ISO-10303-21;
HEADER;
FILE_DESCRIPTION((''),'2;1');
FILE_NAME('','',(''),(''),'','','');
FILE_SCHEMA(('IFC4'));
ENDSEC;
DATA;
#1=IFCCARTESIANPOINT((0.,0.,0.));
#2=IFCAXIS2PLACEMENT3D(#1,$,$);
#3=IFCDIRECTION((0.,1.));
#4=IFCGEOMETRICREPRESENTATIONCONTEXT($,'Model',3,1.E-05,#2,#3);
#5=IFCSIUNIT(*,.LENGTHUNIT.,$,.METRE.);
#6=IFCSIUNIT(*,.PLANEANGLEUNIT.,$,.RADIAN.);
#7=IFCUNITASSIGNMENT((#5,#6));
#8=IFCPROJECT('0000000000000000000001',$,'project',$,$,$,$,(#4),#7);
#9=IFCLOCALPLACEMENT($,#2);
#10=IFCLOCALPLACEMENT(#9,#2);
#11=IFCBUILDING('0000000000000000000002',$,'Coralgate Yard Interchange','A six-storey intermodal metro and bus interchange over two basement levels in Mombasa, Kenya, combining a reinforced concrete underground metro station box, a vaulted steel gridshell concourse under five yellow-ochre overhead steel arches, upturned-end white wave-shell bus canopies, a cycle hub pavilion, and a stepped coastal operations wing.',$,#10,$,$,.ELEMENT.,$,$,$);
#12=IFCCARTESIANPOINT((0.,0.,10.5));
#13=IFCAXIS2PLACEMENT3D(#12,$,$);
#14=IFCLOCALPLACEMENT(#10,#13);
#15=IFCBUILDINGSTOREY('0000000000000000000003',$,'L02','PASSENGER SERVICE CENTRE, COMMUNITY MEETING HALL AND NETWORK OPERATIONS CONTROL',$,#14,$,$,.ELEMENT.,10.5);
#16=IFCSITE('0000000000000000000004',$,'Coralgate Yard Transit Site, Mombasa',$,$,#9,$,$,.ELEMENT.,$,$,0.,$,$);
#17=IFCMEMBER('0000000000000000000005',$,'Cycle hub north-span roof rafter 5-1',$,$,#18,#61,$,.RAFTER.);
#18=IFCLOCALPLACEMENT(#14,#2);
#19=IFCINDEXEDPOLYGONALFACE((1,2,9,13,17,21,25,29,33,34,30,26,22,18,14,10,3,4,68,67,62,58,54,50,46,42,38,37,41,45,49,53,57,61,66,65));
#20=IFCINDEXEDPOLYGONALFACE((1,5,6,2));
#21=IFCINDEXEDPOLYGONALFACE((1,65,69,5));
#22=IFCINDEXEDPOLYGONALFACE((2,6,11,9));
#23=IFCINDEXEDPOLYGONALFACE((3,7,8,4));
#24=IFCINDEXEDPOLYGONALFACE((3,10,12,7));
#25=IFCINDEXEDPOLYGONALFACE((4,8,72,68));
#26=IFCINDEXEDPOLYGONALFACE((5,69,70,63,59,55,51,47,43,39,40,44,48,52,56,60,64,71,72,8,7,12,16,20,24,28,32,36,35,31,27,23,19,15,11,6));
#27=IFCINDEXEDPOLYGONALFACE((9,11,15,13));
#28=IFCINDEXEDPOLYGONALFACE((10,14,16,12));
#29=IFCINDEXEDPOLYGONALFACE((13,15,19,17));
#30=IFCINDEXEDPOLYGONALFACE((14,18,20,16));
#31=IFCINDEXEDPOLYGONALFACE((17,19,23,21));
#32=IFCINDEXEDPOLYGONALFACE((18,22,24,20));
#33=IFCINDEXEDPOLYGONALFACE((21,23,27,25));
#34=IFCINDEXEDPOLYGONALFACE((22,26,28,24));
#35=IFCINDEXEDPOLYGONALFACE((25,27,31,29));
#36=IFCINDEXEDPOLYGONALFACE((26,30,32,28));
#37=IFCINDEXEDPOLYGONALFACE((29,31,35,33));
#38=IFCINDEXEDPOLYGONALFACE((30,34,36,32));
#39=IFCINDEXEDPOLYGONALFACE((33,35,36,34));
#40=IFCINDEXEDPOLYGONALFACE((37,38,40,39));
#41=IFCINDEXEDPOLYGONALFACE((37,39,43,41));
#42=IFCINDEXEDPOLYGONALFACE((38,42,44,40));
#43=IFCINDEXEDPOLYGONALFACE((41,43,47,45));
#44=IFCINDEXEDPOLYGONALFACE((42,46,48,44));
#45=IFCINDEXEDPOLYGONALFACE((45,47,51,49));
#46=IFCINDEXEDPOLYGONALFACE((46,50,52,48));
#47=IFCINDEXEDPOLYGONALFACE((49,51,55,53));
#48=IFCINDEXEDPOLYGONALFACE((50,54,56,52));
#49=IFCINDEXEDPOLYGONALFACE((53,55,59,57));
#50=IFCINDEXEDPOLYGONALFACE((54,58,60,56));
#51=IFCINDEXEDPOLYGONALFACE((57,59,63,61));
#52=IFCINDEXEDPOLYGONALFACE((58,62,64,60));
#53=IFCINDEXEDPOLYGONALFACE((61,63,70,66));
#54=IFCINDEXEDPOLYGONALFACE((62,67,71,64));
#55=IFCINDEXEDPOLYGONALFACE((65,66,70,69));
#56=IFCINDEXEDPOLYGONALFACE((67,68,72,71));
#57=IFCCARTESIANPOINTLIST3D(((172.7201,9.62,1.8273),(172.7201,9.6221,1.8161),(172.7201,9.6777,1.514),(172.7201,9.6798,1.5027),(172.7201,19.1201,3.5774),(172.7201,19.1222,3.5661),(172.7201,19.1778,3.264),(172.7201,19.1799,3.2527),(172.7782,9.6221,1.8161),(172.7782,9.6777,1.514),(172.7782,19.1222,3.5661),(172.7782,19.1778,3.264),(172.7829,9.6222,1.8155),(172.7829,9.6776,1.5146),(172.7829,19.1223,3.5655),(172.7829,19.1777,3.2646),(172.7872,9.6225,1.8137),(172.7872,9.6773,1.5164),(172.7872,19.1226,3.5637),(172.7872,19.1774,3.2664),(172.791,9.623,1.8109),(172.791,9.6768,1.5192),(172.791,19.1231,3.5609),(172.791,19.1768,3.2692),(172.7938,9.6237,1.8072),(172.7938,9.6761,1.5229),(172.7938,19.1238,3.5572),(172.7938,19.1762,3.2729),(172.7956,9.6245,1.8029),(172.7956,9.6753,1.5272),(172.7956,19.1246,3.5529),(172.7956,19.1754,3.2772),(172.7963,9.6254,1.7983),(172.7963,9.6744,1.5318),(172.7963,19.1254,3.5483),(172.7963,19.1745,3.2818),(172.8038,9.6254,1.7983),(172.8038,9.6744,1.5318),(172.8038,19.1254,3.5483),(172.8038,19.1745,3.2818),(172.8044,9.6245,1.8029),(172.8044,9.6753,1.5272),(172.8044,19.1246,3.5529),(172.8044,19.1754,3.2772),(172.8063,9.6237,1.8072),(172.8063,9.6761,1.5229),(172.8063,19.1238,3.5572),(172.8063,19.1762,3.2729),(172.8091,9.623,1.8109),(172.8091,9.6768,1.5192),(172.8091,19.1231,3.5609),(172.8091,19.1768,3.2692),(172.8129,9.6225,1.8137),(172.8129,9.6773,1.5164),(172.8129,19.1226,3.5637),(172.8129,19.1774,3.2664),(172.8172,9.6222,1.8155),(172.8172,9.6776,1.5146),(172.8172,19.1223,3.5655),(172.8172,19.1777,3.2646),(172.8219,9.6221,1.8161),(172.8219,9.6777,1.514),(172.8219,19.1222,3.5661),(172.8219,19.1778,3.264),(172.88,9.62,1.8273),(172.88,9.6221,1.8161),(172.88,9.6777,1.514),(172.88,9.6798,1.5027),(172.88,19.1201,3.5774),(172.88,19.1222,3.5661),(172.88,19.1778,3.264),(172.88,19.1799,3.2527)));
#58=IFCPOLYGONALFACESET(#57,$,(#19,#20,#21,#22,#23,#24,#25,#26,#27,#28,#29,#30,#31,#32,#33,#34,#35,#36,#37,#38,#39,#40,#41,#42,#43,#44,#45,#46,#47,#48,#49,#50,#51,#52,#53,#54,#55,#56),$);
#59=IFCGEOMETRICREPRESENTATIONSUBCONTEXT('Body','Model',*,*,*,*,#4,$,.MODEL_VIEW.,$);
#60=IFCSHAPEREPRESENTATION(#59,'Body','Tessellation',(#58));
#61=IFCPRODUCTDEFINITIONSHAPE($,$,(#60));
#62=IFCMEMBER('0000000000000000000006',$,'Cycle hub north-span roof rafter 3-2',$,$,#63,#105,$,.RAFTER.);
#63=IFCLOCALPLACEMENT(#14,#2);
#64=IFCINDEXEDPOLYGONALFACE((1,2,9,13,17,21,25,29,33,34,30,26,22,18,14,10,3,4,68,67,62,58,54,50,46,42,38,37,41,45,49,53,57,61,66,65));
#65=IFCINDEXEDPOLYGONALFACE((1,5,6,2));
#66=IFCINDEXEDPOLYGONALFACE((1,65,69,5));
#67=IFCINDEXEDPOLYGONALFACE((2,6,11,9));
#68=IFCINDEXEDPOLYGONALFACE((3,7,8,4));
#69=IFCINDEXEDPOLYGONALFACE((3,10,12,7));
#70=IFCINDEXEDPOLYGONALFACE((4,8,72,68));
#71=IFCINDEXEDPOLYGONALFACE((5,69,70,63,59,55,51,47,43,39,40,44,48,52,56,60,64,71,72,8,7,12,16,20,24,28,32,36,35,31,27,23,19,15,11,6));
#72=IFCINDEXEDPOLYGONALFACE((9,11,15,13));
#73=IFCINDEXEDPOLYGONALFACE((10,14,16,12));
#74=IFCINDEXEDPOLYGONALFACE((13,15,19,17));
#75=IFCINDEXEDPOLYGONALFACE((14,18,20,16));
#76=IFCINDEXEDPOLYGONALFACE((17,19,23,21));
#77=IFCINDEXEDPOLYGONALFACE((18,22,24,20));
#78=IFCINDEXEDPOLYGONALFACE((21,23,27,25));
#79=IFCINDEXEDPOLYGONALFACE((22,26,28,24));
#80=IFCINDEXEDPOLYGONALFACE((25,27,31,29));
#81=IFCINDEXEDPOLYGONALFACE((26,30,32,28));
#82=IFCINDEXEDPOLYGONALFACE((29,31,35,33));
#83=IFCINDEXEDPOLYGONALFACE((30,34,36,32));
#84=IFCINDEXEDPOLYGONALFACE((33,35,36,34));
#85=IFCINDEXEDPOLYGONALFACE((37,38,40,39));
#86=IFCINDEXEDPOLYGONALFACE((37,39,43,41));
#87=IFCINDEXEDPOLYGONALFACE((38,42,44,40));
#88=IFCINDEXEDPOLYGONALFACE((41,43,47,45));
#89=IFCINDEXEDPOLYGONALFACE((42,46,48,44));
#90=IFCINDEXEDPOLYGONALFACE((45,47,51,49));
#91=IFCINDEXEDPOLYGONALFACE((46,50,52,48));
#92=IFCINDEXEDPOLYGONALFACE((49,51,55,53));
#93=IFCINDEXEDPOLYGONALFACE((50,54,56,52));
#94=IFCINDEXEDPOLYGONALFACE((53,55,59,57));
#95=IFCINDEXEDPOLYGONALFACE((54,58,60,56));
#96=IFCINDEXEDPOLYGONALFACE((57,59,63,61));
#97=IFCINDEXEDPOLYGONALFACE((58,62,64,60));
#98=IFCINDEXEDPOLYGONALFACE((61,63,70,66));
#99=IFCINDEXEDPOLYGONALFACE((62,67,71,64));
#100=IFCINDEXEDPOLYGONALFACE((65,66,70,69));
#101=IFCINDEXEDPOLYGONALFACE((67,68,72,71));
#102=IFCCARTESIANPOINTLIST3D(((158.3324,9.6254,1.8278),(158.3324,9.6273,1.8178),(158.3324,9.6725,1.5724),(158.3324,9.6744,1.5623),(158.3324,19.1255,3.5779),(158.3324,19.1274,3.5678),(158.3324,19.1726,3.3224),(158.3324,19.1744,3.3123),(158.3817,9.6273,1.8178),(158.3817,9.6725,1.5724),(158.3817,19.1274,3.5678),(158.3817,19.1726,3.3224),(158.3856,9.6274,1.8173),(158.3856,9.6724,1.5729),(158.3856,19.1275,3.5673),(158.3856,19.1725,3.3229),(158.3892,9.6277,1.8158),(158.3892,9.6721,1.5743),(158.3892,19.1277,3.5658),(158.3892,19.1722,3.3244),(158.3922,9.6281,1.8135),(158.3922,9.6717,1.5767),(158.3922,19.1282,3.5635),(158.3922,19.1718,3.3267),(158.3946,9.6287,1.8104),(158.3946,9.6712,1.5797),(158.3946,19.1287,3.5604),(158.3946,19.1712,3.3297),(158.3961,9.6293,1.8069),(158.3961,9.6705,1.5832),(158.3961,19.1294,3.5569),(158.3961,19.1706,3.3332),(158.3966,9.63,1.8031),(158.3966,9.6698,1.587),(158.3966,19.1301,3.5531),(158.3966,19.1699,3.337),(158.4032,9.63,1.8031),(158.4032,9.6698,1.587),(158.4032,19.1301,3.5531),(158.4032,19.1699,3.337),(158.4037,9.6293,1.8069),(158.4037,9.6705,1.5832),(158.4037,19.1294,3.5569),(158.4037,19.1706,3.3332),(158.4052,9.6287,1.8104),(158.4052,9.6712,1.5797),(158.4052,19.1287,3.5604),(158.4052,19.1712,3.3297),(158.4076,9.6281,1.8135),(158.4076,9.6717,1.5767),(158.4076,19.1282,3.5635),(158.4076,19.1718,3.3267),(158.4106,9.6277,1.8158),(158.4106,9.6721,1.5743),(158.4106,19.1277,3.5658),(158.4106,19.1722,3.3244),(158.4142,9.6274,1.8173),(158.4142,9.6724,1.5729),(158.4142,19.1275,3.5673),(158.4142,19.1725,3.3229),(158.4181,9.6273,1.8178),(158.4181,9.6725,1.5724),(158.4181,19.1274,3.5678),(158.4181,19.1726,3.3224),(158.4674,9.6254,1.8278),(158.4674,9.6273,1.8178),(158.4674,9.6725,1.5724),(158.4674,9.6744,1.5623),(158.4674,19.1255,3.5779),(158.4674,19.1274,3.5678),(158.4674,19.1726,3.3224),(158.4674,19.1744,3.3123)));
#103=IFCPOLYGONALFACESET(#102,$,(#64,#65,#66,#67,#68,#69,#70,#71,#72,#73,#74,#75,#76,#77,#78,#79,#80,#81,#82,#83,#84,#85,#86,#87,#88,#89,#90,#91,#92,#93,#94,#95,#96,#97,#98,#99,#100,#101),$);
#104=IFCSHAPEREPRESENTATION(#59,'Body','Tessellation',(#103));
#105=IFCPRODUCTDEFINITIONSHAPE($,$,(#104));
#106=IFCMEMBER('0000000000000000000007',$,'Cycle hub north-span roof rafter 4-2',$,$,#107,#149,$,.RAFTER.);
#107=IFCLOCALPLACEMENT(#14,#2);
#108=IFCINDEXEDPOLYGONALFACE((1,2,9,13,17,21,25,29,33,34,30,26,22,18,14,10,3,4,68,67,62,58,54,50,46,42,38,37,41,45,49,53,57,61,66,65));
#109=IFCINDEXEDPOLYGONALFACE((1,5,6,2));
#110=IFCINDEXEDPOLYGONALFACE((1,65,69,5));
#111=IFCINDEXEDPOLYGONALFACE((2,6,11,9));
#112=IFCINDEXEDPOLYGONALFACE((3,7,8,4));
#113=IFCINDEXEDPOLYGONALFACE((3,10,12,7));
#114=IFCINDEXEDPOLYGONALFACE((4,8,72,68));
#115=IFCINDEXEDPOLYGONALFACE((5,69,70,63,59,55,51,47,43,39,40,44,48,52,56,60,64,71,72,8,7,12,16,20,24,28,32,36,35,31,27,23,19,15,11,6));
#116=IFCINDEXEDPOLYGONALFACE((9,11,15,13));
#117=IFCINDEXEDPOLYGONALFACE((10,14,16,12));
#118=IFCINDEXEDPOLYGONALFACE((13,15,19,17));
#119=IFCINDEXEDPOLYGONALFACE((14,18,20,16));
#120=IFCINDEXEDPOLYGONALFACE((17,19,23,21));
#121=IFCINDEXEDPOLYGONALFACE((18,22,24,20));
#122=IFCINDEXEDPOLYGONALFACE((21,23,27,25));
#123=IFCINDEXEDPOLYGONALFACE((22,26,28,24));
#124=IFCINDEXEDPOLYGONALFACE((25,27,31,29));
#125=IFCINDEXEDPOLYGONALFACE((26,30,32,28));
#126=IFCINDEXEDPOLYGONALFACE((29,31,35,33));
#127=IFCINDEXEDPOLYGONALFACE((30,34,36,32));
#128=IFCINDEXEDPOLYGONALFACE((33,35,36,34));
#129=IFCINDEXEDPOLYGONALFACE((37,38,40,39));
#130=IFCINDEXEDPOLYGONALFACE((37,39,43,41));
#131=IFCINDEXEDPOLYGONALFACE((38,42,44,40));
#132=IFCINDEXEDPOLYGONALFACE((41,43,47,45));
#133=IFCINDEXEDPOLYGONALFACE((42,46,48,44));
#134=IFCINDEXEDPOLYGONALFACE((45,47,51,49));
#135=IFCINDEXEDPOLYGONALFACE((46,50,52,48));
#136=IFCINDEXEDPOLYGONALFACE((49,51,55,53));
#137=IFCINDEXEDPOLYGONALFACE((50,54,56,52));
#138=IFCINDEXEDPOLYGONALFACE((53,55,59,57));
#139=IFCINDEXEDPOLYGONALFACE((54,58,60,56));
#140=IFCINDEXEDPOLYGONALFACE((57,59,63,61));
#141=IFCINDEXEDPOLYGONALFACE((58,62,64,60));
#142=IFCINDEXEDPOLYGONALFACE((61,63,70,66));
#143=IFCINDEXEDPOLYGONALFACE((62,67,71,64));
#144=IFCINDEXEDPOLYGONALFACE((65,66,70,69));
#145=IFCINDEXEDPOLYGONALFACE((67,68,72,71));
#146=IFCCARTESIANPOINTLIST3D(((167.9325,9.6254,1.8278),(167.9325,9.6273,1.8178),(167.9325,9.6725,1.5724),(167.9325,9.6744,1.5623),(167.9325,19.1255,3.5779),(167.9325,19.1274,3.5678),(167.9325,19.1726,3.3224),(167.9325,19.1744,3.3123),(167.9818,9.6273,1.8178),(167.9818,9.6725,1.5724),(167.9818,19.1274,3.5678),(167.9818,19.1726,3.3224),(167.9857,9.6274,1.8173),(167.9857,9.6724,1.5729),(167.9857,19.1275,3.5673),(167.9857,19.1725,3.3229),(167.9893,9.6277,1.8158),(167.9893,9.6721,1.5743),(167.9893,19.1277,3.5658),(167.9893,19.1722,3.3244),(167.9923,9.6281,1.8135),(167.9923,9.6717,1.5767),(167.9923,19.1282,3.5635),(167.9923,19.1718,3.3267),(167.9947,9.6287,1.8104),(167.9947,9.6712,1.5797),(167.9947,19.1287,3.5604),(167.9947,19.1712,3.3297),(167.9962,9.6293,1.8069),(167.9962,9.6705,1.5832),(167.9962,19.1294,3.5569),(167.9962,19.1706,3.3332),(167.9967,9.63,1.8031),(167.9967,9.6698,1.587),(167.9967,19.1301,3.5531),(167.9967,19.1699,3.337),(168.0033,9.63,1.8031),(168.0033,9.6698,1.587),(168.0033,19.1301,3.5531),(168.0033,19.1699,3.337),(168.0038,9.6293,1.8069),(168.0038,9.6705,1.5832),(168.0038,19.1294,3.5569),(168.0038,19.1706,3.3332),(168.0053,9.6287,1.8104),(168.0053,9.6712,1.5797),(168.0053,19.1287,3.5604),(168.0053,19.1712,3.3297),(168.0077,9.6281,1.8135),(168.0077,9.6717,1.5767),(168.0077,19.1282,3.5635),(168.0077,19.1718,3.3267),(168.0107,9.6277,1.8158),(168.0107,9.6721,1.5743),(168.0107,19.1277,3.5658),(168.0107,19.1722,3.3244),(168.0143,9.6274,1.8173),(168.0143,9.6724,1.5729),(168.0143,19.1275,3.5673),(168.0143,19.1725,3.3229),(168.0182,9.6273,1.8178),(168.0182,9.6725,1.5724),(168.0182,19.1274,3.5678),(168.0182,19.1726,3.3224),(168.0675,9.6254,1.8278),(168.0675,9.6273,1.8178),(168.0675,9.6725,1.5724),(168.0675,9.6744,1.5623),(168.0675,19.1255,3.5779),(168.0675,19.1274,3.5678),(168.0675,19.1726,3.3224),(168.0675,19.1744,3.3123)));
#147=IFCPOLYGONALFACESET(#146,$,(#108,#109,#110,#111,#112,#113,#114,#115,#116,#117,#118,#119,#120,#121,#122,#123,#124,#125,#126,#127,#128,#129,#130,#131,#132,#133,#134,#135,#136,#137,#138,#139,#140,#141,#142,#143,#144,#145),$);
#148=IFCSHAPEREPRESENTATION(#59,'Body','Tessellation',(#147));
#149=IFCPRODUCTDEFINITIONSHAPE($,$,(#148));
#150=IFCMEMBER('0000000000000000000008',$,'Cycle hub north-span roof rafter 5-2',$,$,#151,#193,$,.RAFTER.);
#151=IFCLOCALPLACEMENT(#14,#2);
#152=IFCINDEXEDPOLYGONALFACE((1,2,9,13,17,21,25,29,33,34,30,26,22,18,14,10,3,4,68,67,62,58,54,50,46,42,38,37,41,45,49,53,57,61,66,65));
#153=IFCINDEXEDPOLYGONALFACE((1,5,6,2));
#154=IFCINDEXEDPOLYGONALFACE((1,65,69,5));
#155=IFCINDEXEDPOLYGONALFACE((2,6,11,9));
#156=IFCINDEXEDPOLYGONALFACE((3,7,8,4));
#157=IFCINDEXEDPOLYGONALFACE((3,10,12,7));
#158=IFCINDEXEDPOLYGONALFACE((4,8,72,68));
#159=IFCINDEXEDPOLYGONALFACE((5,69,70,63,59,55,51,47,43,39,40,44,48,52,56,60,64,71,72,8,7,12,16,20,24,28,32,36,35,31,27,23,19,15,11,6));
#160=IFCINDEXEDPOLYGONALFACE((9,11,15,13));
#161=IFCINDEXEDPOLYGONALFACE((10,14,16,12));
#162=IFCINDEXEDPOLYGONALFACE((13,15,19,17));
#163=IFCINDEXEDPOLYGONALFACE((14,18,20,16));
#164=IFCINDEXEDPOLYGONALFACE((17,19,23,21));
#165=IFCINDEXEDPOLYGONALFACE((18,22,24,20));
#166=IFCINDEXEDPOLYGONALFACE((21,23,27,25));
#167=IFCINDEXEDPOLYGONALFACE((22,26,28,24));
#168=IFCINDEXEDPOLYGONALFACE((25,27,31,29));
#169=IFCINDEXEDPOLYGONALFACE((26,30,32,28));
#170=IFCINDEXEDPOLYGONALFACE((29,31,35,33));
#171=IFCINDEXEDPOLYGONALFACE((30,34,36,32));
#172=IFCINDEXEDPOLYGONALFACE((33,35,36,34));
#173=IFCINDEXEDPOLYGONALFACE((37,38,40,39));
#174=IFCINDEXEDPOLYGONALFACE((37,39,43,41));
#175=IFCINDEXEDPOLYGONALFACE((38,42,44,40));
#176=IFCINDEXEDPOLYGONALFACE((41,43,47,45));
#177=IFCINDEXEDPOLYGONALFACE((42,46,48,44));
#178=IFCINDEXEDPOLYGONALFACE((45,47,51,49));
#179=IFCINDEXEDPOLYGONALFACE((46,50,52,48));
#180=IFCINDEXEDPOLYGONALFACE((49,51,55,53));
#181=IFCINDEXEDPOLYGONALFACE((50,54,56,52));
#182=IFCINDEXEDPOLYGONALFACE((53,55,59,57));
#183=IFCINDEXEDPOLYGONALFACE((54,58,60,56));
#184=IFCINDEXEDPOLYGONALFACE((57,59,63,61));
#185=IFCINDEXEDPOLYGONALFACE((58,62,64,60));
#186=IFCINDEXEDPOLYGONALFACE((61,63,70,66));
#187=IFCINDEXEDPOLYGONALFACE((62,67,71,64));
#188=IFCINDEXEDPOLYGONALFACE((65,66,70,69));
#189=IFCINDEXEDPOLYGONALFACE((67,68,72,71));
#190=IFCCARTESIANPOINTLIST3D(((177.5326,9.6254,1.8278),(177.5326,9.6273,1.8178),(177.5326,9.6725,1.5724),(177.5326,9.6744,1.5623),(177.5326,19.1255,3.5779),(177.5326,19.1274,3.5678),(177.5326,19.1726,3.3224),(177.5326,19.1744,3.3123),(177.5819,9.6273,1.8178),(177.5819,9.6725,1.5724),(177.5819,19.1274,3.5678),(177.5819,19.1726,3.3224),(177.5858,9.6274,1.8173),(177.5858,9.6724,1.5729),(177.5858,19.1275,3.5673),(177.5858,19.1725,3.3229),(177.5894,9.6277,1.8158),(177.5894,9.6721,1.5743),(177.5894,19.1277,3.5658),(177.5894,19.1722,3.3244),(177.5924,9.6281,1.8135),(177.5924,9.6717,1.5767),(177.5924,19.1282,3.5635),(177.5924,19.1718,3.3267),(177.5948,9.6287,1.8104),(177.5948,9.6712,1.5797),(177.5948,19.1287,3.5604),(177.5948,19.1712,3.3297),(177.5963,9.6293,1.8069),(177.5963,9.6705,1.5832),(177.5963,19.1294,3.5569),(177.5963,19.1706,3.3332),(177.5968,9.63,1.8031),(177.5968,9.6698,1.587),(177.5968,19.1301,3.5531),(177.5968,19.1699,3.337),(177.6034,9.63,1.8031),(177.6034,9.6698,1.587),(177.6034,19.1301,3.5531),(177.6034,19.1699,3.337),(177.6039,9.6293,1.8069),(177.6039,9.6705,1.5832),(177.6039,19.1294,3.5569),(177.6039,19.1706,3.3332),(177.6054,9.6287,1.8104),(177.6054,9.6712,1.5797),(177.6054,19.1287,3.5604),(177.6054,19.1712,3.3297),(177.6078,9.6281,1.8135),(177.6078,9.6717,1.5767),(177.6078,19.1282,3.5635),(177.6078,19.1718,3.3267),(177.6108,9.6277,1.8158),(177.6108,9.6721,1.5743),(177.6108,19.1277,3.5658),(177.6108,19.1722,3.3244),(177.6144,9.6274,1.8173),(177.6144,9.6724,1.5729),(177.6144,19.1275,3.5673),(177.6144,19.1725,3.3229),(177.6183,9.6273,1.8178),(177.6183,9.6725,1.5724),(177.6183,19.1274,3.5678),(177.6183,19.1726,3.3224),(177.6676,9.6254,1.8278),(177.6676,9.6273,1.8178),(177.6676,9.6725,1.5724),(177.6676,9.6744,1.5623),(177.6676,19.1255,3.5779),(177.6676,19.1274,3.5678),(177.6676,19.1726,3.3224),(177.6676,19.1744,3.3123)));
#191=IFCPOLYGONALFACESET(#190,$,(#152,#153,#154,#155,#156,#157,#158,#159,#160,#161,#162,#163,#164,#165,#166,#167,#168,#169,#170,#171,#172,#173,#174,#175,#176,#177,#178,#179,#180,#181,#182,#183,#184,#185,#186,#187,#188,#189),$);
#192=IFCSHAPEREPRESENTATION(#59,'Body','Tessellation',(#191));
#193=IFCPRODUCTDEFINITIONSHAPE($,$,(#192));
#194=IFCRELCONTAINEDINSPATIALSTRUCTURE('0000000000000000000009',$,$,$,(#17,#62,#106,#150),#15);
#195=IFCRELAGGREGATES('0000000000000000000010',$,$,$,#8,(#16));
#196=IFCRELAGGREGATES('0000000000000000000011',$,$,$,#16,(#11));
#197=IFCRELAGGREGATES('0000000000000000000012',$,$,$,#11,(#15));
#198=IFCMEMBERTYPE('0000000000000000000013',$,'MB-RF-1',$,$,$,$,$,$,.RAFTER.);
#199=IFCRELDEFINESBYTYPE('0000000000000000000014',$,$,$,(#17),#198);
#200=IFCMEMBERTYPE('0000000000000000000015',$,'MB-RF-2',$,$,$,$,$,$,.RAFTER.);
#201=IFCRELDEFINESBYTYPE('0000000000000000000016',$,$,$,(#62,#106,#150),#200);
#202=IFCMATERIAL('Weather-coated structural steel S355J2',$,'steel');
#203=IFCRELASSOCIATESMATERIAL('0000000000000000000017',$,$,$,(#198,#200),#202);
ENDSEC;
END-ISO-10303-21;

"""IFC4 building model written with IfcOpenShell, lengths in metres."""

from ifc_helpers import new_model, si_unit, direction, frame, origin, origin_2d, place, context, subcontext, project, spatial, i_section, extrude, material, material_profile, profile_set, type_object, element, save


model = new_model("IFC4")

# Units and contexts
model_context = context("Model", 3, precision=1e-05, world=origin(), true_north=direction((0.0, 1.0)))
body_context = subcontext(model_context, "Body", "Model", "MODEL_VIEW")
ifc_project = project(units=[si_unit("LENGTHUNIT", "METRE"), si_unit("PLANEANGLEUNIT", "RADIAN")], contexts=[model_context])

# Site, building, storey
site_placement = place(None, origin())
site = spatial("IfcSite", under=ifc_project, at=site_placement, Name="Coralgate Yard Transit Site, Mombasa", CompositionType="ELEMENT", RefElevation=0.0)
building_placement = place(site_placement, origin())
building = spatial("IfcBuilding", under=site, at=building_placement, Name="Coralgate Yard Interchange", Description="A six-storey intermodal metro and bus interchange over two basement levels in Mombasa, Kenya, combining a reinforced concrete underground metro station box, a vaulted steel gridshell concourse under five yellow-ochre overhead steel arches, upturned-end white wave-shell bus canopies, a cycle hub pavilion, and a stepped coastal operations wing.", CompositionType="ELEMENT")
storey_placement = place(building_placement, frame((0.0, 0.0, 10.5)))
storey = spatial("IfcBuildingStorey", under=building, at=storey_placement, Name="L02", Description="PASSENGER SERVICE CENTRE, COMMUNITY MEETING HALL AND NETWORK OPERATIONS CONTROL", CompositionType="ELEMENT", Elevation=10.5)

# Shared definitions
ifc_material_1 = material(Name="Weather-coated structural steel S355J2", Category="steel")

# Members
ifc_material_profile_1 = material_profile(ifc_material_1, i_section(OverallWidth=0.1599, OverallDepth=0.3301, WebThickness=0.0076, FlangeThickness=0.0115, FilletRadius=0.0181, at=origin_2d()), Name="IPE 330")
ifc_profile_set_1 = profile_set([ifc_material_profile_1], Name="Weather-coated structural steel S355J2")
member_type_1 = type_object("IfcMemberType", Name="MB-RF-1", PredefinedType="RAFTER", material=ifc_profile_set_1)
for number, where, z_axis, x_axis, name in (
    (1, (172.8, 9.6499, 1.665), (0.0, 0.983453, 0.181162), (-1.0, 0.0, 0.0), "Cycle hub north-span roof rafter 5-1"),
):
    element("IfcMember", number, at=place(storey_placement, frame(where, z_axis=z_axis, x_axis=x_axis)), inside=storey, type_object=member_type_1, Name=name, PredefinedType="RAFTER", context=body_context, shape_type="SweptSolid", body=[
        extrude(i_section(OverallWidth=0.1599, OverallDepth=0.3301, WebThickness=0.0076, FlangeThickness=0.0115, FilletRadius=0.0181, at=origin_2d()), origin(), (0.0, 0.0, 1.0), 9.6599),
    ])
ifc_material_profile_2 = material_profile(ifc_material_1, i_section(OverallWidth=0.135, OverallDepth=0.27, WebThickness=0.0066, FlangeThickness=0.0103, FilletRadius=0.0149, at=origin_2d()), Name="IPE 270")
ifc_profile_set_2 = profile_set([ifc_material_profile_2], Name="Weather-coated structural steel S355J2")
member_type_2 = type_object("IfcMemberType", Name="MB-RF-2", PredefinedType="RAFTER", material=ifc_profile_set_2)
for number, where, z_axis, x_axis, name in (
    (2, (158.3999, 9.6499, 1.6951), (0.0, 0.983453, 0.181162), (-1.0, 0.0, 0.0), "Cycle hub north-span roof rafter 3-2"),
    (3, (168.0, 9.6499, 1.6951), (0.0, 0.983453, 0.181162), (-1.0, 0.0, 0.0), "Cycle hub north-span roof rafter 4-2"),
    (4, (177.6001, 9.6499, 1.6951), (0.0, 0.983453, 0.181162), (-1.0, 0.0, 0.0), "Cycle hub north-span roof rafter 5-2"),
):
    element("IfcMember", number, at=place(storey_placement, frame(where, z_axis=z_axis, x_axis=x_axis)), inside=storey, type_object=member_type_2, Name=name, PredefinedType="RAFTER", context=body_context, shape_type="SweptSolid", body=[
        extrude(i_section(OverallWidth=0.135, OverallDepth=0.27, WebThickness=0.0066, FlangeThickness=0.0103, FilletRadius=0.0149, at=origin_2d()), origin(), (0.0, 0.0, 1.0), 9.6599),
    ])

save(model, "model.ifc")
